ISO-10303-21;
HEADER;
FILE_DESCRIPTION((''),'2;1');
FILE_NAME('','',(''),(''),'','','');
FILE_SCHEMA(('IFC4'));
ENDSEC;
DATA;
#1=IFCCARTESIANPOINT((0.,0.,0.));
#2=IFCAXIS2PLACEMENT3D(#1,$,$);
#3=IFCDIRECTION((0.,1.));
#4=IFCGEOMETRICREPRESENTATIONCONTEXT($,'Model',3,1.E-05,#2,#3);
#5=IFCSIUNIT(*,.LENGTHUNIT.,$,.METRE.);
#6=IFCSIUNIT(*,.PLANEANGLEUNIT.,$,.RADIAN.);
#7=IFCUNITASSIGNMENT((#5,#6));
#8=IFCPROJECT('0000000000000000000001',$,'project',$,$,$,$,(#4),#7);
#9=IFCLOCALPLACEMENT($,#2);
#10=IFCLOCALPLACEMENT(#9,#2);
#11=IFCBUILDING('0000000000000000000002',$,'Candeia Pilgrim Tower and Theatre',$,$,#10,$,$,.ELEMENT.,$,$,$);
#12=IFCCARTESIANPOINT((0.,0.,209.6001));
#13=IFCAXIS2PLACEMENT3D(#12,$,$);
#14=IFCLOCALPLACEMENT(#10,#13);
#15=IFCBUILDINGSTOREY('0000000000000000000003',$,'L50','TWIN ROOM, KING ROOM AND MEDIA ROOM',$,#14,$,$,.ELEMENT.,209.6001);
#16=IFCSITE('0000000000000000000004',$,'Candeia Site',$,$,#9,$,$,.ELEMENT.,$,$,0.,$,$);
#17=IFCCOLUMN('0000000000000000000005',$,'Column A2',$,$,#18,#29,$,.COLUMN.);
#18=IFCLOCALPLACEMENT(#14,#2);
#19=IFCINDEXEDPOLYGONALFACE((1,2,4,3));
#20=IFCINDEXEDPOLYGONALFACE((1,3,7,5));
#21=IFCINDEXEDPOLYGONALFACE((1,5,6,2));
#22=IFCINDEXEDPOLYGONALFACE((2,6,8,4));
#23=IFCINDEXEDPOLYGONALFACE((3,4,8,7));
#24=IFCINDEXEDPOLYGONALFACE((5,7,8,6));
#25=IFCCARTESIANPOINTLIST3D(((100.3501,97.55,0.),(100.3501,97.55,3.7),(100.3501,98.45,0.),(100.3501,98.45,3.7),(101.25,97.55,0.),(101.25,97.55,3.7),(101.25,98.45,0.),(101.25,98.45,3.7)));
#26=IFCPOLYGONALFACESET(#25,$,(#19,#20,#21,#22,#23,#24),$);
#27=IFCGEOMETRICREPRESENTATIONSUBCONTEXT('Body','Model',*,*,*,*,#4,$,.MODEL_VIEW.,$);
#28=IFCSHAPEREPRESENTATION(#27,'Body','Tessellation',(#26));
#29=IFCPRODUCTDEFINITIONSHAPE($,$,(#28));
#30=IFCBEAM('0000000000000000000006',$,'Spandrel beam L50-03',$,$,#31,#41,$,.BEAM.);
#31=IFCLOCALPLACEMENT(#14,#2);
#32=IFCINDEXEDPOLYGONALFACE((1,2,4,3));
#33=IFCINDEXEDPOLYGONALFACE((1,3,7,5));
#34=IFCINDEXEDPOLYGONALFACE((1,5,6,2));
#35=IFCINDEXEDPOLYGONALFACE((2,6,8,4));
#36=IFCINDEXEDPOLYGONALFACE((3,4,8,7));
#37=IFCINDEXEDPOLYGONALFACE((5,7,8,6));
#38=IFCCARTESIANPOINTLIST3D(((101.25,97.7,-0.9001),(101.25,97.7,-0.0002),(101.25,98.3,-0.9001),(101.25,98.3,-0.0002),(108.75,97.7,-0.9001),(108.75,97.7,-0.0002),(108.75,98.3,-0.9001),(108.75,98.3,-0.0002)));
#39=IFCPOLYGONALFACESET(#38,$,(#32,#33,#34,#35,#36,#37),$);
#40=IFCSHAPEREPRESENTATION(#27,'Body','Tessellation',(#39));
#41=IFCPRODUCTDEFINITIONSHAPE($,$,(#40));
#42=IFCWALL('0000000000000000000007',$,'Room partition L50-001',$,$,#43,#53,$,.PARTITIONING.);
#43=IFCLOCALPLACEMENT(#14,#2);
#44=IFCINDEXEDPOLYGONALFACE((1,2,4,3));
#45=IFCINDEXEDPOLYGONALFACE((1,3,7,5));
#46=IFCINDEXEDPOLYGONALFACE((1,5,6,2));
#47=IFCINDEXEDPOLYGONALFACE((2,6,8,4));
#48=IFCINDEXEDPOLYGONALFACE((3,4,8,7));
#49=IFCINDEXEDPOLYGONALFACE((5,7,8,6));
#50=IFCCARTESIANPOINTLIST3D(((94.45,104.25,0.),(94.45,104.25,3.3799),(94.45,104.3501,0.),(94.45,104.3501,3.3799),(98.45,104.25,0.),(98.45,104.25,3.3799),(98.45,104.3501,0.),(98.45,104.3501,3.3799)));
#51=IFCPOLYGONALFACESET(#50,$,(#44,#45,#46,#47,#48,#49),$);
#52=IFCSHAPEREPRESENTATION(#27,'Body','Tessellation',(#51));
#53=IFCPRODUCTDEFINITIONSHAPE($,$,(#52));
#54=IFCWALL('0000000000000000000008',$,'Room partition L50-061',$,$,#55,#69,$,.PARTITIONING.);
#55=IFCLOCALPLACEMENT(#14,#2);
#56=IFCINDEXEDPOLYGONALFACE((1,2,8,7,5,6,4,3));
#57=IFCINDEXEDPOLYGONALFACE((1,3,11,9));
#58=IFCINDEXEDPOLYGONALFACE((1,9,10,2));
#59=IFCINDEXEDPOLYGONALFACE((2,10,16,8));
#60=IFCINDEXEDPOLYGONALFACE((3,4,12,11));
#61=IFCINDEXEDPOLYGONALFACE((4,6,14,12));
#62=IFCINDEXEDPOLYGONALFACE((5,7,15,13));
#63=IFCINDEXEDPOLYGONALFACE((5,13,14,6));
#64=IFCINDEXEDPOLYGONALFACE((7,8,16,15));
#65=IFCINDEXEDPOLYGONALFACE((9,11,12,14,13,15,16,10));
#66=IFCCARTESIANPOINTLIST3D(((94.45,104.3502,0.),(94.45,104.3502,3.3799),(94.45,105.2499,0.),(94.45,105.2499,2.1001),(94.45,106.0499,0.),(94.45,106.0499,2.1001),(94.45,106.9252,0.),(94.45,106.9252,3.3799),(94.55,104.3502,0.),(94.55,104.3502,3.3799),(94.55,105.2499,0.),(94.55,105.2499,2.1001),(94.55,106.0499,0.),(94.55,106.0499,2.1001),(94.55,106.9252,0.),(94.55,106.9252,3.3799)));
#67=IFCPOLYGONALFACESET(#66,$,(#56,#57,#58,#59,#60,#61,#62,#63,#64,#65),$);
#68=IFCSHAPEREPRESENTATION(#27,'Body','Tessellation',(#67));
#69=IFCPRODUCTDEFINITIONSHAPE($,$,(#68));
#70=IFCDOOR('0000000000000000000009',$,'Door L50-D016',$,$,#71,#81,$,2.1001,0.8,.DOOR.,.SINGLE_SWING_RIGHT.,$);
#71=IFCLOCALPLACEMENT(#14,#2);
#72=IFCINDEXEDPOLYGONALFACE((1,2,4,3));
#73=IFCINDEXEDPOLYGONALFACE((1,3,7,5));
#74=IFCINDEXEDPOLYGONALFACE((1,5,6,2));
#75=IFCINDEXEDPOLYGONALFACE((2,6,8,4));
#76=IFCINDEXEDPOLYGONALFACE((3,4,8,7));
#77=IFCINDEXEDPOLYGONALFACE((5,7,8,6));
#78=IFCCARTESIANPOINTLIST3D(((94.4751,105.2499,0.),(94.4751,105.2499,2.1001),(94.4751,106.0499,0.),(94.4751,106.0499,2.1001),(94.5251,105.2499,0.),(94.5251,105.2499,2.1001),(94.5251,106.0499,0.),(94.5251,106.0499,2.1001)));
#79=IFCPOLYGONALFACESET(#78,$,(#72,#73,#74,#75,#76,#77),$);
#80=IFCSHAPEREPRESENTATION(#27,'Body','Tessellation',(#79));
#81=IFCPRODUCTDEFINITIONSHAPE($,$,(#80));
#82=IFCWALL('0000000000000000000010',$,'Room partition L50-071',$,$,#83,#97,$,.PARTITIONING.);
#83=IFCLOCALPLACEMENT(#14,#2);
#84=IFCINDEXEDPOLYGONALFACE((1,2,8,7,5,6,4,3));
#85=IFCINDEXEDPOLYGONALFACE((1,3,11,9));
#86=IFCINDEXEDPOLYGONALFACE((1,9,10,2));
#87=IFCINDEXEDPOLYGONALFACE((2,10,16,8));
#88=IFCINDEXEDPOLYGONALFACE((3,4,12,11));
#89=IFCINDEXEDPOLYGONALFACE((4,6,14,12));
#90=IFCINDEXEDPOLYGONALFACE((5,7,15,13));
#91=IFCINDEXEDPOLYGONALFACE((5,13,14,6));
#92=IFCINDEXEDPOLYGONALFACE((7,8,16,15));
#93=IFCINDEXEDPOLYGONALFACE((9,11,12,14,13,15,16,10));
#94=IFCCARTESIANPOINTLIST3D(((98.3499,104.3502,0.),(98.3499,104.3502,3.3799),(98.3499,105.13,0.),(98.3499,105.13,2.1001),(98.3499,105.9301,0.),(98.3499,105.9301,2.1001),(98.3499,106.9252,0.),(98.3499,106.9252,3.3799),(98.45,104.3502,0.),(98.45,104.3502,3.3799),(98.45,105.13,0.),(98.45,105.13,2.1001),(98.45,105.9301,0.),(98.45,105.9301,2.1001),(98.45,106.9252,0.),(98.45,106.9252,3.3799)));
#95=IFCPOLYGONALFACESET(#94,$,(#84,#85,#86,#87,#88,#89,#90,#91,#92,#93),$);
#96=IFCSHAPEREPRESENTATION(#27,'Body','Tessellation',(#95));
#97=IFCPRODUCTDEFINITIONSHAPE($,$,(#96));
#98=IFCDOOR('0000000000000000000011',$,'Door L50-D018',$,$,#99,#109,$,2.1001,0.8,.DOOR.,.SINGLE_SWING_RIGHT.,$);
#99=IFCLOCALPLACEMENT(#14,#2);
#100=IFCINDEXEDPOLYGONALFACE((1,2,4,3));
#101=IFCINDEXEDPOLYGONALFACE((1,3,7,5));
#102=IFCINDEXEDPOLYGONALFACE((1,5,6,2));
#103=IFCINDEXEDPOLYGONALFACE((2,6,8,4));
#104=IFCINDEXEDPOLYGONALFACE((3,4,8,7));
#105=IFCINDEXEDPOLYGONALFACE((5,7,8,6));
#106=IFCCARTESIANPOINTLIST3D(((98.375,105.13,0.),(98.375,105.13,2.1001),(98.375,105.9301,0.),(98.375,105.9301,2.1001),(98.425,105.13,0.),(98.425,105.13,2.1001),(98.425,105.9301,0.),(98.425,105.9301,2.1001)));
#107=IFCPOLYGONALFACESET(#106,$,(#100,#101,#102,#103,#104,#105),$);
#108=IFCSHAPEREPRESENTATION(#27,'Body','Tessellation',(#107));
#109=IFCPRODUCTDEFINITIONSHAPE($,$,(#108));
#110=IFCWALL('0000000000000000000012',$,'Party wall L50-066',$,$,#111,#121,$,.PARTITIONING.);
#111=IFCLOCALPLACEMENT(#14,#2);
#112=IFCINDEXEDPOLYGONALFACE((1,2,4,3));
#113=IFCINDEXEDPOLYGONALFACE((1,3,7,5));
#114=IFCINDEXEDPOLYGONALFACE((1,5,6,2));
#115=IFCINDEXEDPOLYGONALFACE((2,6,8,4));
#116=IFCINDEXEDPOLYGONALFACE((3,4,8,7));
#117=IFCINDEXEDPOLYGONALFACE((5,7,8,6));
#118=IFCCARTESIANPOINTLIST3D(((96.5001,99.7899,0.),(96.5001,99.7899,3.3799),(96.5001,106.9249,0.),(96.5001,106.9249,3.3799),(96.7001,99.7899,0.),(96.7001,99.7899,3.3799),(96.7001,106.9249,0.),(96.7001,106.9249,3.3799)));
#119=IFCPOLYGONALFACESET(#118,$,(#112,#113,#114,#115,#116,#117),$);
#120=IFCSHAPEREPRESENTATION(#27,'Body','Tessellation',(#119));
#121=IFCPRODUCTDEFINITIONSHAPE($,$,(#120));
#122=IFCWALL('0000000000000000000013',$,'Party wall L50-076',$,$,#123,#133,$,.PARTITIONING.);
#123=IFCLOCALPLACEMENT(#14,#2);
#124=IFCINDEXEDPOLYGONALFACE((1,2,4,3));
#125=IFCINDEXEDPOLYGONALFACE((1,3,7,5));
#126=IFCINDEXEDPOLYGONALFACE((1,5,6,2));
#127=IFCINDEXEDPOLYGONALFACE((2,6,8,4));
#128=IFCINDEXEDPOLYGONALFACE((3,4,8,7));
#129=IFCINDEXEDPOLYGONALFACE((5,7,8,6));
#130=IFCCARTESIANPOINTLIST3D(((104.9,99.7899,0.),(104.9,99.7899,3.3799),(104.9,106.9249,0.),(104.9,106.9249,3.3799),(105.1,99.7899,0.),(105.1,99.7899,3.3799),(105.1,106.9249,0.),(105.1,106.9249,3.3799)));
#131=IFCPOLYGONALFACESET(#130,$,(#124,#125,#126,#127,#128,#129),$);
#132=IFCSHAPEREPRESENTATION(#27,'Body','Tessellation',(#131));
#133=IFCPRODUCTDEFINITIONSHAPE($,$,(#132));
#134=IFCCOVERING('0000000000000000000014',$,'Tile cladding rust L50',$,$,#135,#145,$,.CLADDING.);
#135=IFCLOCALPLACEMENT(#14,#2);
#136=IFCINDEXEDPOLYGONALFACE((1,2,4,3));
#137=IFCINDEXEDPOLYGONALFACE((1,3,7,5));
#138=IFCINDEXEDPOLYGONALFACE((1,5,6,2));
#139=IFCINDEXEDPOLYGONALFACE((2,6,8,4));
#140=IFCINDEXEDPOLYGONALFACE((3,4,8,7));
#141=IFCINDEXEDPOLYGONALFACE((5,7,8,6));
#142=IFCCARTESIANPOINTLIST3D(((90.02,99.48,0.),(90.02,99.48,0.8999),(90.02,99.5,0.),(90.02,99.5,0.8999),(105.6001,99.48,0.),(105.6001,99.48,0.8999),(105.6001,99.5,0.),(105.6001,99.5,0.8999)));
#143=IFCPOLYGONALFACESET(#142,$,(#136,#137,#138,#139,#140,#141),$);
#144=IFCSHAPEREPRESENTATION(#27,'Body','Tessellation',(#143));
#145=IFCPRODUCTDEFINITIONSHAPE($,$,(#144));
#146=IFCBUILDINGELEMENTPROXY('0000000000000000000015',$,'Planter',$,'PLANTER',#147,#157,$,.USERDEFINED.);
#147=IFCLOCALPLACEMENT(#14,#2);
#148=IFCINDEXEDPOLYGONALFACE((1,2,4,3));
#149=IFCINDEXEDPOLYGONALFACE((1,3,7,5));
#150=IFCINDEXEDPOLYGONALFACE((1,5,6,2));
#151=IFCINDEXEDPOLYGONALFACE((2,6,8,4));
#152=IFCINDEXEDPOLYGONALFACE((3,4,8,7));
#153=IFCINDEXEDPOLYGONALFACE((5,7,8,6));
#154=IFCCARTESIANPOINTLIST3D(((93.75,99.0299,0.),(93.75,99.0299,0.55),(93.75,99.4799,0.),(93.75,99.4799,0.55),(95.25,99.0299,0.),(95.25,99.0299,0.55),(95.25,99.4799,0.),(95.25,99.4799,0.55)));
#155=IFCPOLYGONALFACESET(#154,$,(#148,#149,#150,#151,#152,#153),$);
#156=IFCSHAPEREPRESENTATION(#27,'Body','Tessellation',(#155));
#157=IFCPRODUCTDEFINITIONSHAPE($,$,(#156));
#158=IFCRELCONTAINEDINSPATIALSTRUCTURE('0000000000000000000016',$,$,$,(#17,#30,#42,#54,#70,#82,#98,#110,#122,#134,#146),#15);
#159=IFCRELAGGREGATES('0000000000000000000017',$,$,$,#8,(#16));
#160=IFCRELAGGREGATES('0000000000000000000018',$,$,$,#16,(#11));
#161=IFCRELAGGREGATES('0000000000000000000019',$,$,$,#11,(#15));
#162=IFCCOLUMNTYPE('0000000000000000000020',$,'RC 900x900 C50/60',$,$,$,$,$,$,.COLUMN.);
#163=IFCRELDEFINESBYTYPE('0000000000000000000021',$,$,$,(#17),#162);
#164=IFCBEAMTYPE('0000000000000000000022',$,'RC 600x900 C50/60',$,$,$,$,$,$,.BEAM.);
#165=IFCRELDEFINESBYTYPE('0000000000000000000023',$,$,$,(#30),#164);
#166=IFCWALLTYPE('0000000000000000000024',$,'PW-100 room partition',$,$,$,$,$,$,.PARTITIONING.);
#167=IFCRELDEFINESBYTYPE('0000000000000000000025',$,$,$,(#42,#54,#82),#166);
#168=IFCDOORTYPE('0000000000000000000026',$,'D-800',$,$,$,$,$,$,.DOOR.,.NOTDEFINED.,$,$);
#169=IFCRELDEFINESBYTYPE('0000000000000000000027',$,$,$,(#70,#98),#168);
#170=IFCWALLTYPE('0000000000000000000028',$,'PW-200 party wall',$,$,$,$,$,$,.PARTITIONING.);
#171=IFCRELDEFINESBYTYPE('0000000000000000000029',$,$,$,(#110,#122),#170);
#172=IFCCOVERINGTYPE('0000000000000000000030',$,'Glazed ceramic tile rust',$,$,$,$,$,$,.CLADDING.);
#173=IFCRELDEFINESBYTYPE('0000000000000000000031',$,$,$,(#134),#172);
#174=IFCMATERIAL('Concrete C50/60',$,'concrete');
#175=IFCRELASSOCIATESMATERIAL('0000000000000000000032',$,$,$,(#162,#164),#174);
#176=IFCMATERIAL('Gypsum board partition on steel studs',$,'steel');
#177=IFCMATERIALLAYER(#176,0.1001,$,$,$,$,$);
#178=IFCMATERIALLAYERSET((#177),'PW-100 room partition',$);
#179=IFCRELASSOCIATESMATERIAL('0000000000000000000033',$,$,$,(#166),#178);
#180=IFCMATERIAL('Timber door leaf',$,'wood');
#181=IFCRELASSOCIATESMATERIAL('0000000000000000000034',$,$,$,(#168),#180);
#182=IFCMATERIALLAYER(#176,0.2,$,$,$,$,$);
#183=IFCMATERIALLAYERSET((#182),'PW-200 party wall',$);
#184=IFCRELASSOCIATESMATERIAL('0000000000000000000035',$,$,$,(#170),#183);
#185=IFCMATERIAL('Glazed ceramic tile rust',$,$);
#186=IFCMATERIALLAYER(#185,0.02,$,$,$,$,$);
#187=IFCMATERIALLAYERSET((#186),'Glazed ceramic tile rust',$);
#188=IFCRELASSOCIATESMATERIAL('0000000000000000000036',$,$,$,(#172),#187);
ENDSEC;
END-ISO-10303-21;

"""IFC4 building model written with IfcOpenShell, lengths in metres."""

from ifc_helpers import new_model, si_unit, direction, frame, frame_2d, origin, origin_2d, place, context, subcontext, project, spatial, rectangle, extrude, material, layer, layer_set, material_profile, profile_set, type_object, element, fill, save


model = new_model("IFC4")

# Units and contexts
model_context = context("Model", 3, precision=1e-05, world=origin(), true_north=direction((0.0, 1.0)))
body_context = subcontext(model_context, "Body", "Model", "MODEL_VIEW")
ifc_project = project(units=[si_unit("LENGTHUNIT", "METRE"), si_unit("PLANEANGLEUNIT", "RADIAN")], contexts=[model_context])

# Site, building, storey
site_placement = place(None, origin())
site = spatial("IfcSite", under=ifc_project, at=site_placement, Name="Candeia Site", CompositionType="ELEMENT", RefElevation=0.0)
building_placement = place(site_placement, origin())
building = spatial("IfcBuilding", under=site, at=building_placement, Name="Candeia Pilgrim Tower and Theatre", CompositionType="ELEMENT")
storey_placement = place(building_placement, frame((0.0, 0.0, 209.6001)))
storey = spatial("IfcBuildingStorey", under=building, at=storey_placement, Name="L50", Description="TWIN ROOM, KING ROOM AND MEDIA ROOM", CompositionType="ELEMENT", Elevation=209.6001)

# Column
ifc_material_1 = material(Name="Concrete C50/60", Category="concrete")
ifc_material_profile_1 = material_profile(ifc_material_1, rectangle(XDim=0.8999, YDim=0.8999, at=origin_2d()))
ifc_profile_set_1 = profile_set([ifc_material_profile_1], Name="Concrete C50/60")
column_type = type_object("IfcColumnType", Name="RC 900x900 C50/60", PredefinedType="COLUMN", material=ifc_profile_set_1)
column_placement = place(storey_placement, frame((100.8, 98.0, 0.0), z_axis=(0.0, 0.0, 1.0), x_axis=(1.0, 0.0, 0.0)))
element("IfcColumn", 1, at=column_placement, inside=storey, type_object=column_type, Name="Column A2", PredefinedType="COLUMN", context=body_context, shape_type="SweptSolid", body=[
    extrude(rectangle(XDim=0.8999, YDim=0.8999, at=origin_2d()), origin(), (0.0, 0.0, 1.0), 3.7),
])

# Beam
ifc_material_profile_2 = material_profile(ifc_material_1, rectangle(XDim=0.6001, YDim=0.8999, at=origin_2d()))
ifc_profile_set_2 = profile_set([ifc_material_profile_2], Name="Concrete C50/60")
beam_type = type_object("IfcBeamType", Name="RC 600x900 C50/60", PredefinedType="BEAM", material=ifc_profile_set_2)
beam_placement = place(storey_placement, frame((101.25, 98.0, -0.4502), z_axis=(1.0, 0.0, 0.0), x_axis=(0.0, 1.0, 0.0)))
element("IfcBeam", 2, at=beam_placement, inside=storey, type_object=beam_type, Name="Spandrel beam L50-03", PredefinedType="BEAM", context=body_context, shape_type="SweptSolid", body=[
    extrude(rectangle(XDim=0.6001, YDim=0.8999, at=origin_2d()), origin(), (0.0, 0.0, 1.0), 7.5),
])

# Wall
ifc_material_2 = material(Name="Gypsum board partition on steel studs", Category="steel")
ifc_layer_1 = layer(ifc_material_2, 0.1001)
ifc_layer_set_1 = layer_set([ifc_layer_1], Name="PW-100 room partition")
wall_type_1 = type_object("IfcWallType", Name="PW-100 room partition", PredefinedType="PARTITIONING", material=ifc_layer_set_1)
wall_1_placement = place(storey_placement, frame((94.45, 104.3, 0.0), z_axis=(0.0, 0.0, 1.0), x_axis=(1.0, 0.0, 0.0)))
element("IfcWall", 3, at=wall_1_placement, inside=storey, type_object=wall_type_1, Name="Room partition L50-001", PredefinedType="PARTITIONING", context=body_context, shape_type="SweptSolid", body=[
    extrude(rectangle(XDim=4.0, YDim=0.1001, at=frame_2d((2.0, 0.0))), origin(), (0.0, 0.0, 1.0), 3.3799),
])

# Walls, openings, doors
wall_2_placement = place(storey_placement, frame((94.5, 104.3501, 0.0), z_axis=(0.0, 0.0, 1.0), x_axis=(0.0, 1.0, 0.0)))
wall_2 = element("IfcWall", 4, at=wall_2_placement, inside=storey, type_object=wall_type_1, Name="Room partition L50-061", PredefinedType="PARTITIONING", context=body_context, shape_type="SweptSolid", body=[
    extrude(rectangle(XDim=2.575, YDim=0.1001, at=frame_2d((1.2876, 0.0))), origin(), (0.0, 0.0, 1.0), 3.3799),
])
opening_1_placement = place(wall_2_placement, frame((0.8999, 0.0, 0.0)))
opening_1 = element("IfcOpeningElement", 5, at=opening_1_placement, cuts=wall_2, PredefinedType="OPENING", context=body_context, shape_type="SweptSolid", body=[
    extrude(rectangle(XDim=0.8, YDim=2.1001, at=frame_2d((0.3999, 1.05))), frame((0.0, 0.0601, 0.0), z_axis=(0.0, -1.0, 0.0), x_axis=(1.0, 0.0, 0.0)), (0.0, 0.0, 1.0), 0.1201),
])
ifc_material_3 = material(Name="Timber door leaf", Category="wood")
door_type = type_object("IfcDoorType", Name="D-800", OperationType="NOTDEFINED", PredefinedType="DOOR", material=ifc_material_3)
door_1_placement = place(opening_1_placement, origin())
door_1 = element("IfcDoor", 6, at=door_1_placement, inside=storey, type_object=door_type, Name="Door L50-D016", OperationType="SINGLE_SWING_RIGHT", OverallHeight=2.1001, OverallWidth=0.8, PredefinedType="DOOR", context=body_context, shape_type="SweptSolid", body=[
    extrude(rectangle(XDim=0.8, YDim=2.1001, at=frame_2d((0.3999, 1.05))), frame((0.0, 0.0249, 0.0), z_axis=(0.0, -1.0, 0.0), x_axis=(1.0, 0.0, 0.0)), (0.0, 0.0, 1.0), 0.05),
])
fill(opening_1, door_1)
wall_3_placement = place(storey_placement, frame((98.3999, 104.3501, 0.0), z_axis=(0.0, 0.0, 1.0), x_axis=(0.0, 1.0, 0.0)))
wall_3 = element("IfcWall", 7, at=wall_3_placement, inside=storey, type_object=wall_type_1, Name="Room partition L50-071", PredefinedType="PARTITIONING", context=body_context, shape_type="SweptSolid", body=[
    extrude(rectangle(XDim=2.575, YDim=0.1001, at=frame_2d((1.2876, 0.0))), origin(), (0.0, 0.0, 1.0), 3.3799),
])
opening_2_placement = place(wall_3_placement, frame((0.78, 0.0, 0.0)))
opening_2 = element("IfcOpeningElement", 8, at=opening_2_placement, cuts=wall_3, PredefinedType="OPENING", context=body_context, shape_type="SweptSolid", body=[
    extrude(rectangle(XDim=0.8, YDim=2.1001, at=frame_2d((0.3999, 1.05))), frame((0.0, 0.0601, 0.0), z_axis=(0.0, -1.0, 0.0), x_axis=(1.0, 0.0, 0.0)), (0.0, 0.0, 1.0), 0.1201),
])
door_2_placement = place(opening_2_placement, origin())
door_2 = element("IfcDoor", 9, at=door_2_placement, inside=storey, type_object=door_type, Name="Door L50-D018", OperationType="SINGLE_SWING_RIGHT", OverallHeight=2.1001, OverallWidth=0.8, PredefinedType="DOOR", context=body_context, shape_type="SweptSolid", body=[
    extrude(rectangle(XDim=0.8, YDim=2.1001, at=frame_2d((0.3999, 1.05))), frame((0.0, 0.0249, 0.0), z_axis=(0.0, -1.0, 0.0), x_axis=(1.0, 0.0, 0.0)), (0.0, 0.0, 1.0), 0.05),
])
fill(opening_2, door_2)

# Walls
ifc_layer_2 = layer(ifc_material_2, 0.2)
ifc_layer_set_2 = layer_set([ifc_layer_2], Name="PW-200 party wall")
wall_type_2 = type_object("IfcWallType", Name="PW-200 party wall", PredefinedType="PARTITIONING", material=ifc_layer_set_2)
for number, where, z_axis, x_axis, name in (
    (10, (96.6001, 99.79, 0.0), (0.0, 0.0, 1.0), (0.0, 1.0, 0.0), "Party wall L50-066"),
    (11, (105.0, 99.79, 0.0), (0.0, 0.0, 1.0), (0.0, 1.0, 0.0), "Party wall L50-076"),
):
    element("IfcWall", number, at=place(storey_placement, frame(where, z_axis=z_axis, x_axis=x_axis)), inside=storey, type_object=wall_type_2, Name=name, PredefinedType="PARTITIONING", context=body_context, shape_type="SweptSolid", body=[
        extrude(rectangle(XDim=7.135, YDim=0.2, at=frame_2d((3.5674, 0.0))), origin(), (0.0, 0.0, 1.0), 3.3799),
    ])

# Covering
ifc_material_4 = material(Name="Glazed ceramic tile rust")
ifc_layer_3 = layer(ifc_material_4, 0.02)
ifc_layer_set_3 = layer_set([ifc_layer_3], Name="Glazed ceramic tile rust")
covering_type = type_object("IfcCoveringType", Name="Glazed ceramic tile rust", PredefinedType="CLADDING", material=ifc_layer_set_3)
covering_placement = place(storey_placement, frame((97.8101, 99.49, 0.0), z_axis=(0.0, 0.0, 1.0), x_axis=(1.0, 0.0, 0.0)))
element("IfcCovering", 12, at=covering_placement, inside=storey, type_object=covering_type, Name="Tile cladding rust L50", PredefinedType="CLADDING", context=body_context, shape_type="SweptSolid", body=[
    extrude(rectangle(XDim=15.5801, YDim=0.02, at=origin_2d()), origin(), (0.0, 0.0, 1.0), 0.8999),
])

# Building element proxy
proxy_placement = place(storey_placement, frame((94.5, 99.2549, 0.0), z_axis=(0.0, 0.0, 1.0), x_axis=(1.0, 0.0, 0.0)))
element("IfcBuildingElementProxy", 13, at=proxy_placement, inside=storey, Name="Planter", ObjectType="PLANTER", PredefinedType="USERDEFINED", context=body_context, shape_type="SweptSolid", body=[
    extrude(rectangle(XDim=1.5, YDim=0.45, at=origin_2d()), origin(), (0.0, 0.0, 1.0), 0.55),
])

save(model, "model.ifc")
